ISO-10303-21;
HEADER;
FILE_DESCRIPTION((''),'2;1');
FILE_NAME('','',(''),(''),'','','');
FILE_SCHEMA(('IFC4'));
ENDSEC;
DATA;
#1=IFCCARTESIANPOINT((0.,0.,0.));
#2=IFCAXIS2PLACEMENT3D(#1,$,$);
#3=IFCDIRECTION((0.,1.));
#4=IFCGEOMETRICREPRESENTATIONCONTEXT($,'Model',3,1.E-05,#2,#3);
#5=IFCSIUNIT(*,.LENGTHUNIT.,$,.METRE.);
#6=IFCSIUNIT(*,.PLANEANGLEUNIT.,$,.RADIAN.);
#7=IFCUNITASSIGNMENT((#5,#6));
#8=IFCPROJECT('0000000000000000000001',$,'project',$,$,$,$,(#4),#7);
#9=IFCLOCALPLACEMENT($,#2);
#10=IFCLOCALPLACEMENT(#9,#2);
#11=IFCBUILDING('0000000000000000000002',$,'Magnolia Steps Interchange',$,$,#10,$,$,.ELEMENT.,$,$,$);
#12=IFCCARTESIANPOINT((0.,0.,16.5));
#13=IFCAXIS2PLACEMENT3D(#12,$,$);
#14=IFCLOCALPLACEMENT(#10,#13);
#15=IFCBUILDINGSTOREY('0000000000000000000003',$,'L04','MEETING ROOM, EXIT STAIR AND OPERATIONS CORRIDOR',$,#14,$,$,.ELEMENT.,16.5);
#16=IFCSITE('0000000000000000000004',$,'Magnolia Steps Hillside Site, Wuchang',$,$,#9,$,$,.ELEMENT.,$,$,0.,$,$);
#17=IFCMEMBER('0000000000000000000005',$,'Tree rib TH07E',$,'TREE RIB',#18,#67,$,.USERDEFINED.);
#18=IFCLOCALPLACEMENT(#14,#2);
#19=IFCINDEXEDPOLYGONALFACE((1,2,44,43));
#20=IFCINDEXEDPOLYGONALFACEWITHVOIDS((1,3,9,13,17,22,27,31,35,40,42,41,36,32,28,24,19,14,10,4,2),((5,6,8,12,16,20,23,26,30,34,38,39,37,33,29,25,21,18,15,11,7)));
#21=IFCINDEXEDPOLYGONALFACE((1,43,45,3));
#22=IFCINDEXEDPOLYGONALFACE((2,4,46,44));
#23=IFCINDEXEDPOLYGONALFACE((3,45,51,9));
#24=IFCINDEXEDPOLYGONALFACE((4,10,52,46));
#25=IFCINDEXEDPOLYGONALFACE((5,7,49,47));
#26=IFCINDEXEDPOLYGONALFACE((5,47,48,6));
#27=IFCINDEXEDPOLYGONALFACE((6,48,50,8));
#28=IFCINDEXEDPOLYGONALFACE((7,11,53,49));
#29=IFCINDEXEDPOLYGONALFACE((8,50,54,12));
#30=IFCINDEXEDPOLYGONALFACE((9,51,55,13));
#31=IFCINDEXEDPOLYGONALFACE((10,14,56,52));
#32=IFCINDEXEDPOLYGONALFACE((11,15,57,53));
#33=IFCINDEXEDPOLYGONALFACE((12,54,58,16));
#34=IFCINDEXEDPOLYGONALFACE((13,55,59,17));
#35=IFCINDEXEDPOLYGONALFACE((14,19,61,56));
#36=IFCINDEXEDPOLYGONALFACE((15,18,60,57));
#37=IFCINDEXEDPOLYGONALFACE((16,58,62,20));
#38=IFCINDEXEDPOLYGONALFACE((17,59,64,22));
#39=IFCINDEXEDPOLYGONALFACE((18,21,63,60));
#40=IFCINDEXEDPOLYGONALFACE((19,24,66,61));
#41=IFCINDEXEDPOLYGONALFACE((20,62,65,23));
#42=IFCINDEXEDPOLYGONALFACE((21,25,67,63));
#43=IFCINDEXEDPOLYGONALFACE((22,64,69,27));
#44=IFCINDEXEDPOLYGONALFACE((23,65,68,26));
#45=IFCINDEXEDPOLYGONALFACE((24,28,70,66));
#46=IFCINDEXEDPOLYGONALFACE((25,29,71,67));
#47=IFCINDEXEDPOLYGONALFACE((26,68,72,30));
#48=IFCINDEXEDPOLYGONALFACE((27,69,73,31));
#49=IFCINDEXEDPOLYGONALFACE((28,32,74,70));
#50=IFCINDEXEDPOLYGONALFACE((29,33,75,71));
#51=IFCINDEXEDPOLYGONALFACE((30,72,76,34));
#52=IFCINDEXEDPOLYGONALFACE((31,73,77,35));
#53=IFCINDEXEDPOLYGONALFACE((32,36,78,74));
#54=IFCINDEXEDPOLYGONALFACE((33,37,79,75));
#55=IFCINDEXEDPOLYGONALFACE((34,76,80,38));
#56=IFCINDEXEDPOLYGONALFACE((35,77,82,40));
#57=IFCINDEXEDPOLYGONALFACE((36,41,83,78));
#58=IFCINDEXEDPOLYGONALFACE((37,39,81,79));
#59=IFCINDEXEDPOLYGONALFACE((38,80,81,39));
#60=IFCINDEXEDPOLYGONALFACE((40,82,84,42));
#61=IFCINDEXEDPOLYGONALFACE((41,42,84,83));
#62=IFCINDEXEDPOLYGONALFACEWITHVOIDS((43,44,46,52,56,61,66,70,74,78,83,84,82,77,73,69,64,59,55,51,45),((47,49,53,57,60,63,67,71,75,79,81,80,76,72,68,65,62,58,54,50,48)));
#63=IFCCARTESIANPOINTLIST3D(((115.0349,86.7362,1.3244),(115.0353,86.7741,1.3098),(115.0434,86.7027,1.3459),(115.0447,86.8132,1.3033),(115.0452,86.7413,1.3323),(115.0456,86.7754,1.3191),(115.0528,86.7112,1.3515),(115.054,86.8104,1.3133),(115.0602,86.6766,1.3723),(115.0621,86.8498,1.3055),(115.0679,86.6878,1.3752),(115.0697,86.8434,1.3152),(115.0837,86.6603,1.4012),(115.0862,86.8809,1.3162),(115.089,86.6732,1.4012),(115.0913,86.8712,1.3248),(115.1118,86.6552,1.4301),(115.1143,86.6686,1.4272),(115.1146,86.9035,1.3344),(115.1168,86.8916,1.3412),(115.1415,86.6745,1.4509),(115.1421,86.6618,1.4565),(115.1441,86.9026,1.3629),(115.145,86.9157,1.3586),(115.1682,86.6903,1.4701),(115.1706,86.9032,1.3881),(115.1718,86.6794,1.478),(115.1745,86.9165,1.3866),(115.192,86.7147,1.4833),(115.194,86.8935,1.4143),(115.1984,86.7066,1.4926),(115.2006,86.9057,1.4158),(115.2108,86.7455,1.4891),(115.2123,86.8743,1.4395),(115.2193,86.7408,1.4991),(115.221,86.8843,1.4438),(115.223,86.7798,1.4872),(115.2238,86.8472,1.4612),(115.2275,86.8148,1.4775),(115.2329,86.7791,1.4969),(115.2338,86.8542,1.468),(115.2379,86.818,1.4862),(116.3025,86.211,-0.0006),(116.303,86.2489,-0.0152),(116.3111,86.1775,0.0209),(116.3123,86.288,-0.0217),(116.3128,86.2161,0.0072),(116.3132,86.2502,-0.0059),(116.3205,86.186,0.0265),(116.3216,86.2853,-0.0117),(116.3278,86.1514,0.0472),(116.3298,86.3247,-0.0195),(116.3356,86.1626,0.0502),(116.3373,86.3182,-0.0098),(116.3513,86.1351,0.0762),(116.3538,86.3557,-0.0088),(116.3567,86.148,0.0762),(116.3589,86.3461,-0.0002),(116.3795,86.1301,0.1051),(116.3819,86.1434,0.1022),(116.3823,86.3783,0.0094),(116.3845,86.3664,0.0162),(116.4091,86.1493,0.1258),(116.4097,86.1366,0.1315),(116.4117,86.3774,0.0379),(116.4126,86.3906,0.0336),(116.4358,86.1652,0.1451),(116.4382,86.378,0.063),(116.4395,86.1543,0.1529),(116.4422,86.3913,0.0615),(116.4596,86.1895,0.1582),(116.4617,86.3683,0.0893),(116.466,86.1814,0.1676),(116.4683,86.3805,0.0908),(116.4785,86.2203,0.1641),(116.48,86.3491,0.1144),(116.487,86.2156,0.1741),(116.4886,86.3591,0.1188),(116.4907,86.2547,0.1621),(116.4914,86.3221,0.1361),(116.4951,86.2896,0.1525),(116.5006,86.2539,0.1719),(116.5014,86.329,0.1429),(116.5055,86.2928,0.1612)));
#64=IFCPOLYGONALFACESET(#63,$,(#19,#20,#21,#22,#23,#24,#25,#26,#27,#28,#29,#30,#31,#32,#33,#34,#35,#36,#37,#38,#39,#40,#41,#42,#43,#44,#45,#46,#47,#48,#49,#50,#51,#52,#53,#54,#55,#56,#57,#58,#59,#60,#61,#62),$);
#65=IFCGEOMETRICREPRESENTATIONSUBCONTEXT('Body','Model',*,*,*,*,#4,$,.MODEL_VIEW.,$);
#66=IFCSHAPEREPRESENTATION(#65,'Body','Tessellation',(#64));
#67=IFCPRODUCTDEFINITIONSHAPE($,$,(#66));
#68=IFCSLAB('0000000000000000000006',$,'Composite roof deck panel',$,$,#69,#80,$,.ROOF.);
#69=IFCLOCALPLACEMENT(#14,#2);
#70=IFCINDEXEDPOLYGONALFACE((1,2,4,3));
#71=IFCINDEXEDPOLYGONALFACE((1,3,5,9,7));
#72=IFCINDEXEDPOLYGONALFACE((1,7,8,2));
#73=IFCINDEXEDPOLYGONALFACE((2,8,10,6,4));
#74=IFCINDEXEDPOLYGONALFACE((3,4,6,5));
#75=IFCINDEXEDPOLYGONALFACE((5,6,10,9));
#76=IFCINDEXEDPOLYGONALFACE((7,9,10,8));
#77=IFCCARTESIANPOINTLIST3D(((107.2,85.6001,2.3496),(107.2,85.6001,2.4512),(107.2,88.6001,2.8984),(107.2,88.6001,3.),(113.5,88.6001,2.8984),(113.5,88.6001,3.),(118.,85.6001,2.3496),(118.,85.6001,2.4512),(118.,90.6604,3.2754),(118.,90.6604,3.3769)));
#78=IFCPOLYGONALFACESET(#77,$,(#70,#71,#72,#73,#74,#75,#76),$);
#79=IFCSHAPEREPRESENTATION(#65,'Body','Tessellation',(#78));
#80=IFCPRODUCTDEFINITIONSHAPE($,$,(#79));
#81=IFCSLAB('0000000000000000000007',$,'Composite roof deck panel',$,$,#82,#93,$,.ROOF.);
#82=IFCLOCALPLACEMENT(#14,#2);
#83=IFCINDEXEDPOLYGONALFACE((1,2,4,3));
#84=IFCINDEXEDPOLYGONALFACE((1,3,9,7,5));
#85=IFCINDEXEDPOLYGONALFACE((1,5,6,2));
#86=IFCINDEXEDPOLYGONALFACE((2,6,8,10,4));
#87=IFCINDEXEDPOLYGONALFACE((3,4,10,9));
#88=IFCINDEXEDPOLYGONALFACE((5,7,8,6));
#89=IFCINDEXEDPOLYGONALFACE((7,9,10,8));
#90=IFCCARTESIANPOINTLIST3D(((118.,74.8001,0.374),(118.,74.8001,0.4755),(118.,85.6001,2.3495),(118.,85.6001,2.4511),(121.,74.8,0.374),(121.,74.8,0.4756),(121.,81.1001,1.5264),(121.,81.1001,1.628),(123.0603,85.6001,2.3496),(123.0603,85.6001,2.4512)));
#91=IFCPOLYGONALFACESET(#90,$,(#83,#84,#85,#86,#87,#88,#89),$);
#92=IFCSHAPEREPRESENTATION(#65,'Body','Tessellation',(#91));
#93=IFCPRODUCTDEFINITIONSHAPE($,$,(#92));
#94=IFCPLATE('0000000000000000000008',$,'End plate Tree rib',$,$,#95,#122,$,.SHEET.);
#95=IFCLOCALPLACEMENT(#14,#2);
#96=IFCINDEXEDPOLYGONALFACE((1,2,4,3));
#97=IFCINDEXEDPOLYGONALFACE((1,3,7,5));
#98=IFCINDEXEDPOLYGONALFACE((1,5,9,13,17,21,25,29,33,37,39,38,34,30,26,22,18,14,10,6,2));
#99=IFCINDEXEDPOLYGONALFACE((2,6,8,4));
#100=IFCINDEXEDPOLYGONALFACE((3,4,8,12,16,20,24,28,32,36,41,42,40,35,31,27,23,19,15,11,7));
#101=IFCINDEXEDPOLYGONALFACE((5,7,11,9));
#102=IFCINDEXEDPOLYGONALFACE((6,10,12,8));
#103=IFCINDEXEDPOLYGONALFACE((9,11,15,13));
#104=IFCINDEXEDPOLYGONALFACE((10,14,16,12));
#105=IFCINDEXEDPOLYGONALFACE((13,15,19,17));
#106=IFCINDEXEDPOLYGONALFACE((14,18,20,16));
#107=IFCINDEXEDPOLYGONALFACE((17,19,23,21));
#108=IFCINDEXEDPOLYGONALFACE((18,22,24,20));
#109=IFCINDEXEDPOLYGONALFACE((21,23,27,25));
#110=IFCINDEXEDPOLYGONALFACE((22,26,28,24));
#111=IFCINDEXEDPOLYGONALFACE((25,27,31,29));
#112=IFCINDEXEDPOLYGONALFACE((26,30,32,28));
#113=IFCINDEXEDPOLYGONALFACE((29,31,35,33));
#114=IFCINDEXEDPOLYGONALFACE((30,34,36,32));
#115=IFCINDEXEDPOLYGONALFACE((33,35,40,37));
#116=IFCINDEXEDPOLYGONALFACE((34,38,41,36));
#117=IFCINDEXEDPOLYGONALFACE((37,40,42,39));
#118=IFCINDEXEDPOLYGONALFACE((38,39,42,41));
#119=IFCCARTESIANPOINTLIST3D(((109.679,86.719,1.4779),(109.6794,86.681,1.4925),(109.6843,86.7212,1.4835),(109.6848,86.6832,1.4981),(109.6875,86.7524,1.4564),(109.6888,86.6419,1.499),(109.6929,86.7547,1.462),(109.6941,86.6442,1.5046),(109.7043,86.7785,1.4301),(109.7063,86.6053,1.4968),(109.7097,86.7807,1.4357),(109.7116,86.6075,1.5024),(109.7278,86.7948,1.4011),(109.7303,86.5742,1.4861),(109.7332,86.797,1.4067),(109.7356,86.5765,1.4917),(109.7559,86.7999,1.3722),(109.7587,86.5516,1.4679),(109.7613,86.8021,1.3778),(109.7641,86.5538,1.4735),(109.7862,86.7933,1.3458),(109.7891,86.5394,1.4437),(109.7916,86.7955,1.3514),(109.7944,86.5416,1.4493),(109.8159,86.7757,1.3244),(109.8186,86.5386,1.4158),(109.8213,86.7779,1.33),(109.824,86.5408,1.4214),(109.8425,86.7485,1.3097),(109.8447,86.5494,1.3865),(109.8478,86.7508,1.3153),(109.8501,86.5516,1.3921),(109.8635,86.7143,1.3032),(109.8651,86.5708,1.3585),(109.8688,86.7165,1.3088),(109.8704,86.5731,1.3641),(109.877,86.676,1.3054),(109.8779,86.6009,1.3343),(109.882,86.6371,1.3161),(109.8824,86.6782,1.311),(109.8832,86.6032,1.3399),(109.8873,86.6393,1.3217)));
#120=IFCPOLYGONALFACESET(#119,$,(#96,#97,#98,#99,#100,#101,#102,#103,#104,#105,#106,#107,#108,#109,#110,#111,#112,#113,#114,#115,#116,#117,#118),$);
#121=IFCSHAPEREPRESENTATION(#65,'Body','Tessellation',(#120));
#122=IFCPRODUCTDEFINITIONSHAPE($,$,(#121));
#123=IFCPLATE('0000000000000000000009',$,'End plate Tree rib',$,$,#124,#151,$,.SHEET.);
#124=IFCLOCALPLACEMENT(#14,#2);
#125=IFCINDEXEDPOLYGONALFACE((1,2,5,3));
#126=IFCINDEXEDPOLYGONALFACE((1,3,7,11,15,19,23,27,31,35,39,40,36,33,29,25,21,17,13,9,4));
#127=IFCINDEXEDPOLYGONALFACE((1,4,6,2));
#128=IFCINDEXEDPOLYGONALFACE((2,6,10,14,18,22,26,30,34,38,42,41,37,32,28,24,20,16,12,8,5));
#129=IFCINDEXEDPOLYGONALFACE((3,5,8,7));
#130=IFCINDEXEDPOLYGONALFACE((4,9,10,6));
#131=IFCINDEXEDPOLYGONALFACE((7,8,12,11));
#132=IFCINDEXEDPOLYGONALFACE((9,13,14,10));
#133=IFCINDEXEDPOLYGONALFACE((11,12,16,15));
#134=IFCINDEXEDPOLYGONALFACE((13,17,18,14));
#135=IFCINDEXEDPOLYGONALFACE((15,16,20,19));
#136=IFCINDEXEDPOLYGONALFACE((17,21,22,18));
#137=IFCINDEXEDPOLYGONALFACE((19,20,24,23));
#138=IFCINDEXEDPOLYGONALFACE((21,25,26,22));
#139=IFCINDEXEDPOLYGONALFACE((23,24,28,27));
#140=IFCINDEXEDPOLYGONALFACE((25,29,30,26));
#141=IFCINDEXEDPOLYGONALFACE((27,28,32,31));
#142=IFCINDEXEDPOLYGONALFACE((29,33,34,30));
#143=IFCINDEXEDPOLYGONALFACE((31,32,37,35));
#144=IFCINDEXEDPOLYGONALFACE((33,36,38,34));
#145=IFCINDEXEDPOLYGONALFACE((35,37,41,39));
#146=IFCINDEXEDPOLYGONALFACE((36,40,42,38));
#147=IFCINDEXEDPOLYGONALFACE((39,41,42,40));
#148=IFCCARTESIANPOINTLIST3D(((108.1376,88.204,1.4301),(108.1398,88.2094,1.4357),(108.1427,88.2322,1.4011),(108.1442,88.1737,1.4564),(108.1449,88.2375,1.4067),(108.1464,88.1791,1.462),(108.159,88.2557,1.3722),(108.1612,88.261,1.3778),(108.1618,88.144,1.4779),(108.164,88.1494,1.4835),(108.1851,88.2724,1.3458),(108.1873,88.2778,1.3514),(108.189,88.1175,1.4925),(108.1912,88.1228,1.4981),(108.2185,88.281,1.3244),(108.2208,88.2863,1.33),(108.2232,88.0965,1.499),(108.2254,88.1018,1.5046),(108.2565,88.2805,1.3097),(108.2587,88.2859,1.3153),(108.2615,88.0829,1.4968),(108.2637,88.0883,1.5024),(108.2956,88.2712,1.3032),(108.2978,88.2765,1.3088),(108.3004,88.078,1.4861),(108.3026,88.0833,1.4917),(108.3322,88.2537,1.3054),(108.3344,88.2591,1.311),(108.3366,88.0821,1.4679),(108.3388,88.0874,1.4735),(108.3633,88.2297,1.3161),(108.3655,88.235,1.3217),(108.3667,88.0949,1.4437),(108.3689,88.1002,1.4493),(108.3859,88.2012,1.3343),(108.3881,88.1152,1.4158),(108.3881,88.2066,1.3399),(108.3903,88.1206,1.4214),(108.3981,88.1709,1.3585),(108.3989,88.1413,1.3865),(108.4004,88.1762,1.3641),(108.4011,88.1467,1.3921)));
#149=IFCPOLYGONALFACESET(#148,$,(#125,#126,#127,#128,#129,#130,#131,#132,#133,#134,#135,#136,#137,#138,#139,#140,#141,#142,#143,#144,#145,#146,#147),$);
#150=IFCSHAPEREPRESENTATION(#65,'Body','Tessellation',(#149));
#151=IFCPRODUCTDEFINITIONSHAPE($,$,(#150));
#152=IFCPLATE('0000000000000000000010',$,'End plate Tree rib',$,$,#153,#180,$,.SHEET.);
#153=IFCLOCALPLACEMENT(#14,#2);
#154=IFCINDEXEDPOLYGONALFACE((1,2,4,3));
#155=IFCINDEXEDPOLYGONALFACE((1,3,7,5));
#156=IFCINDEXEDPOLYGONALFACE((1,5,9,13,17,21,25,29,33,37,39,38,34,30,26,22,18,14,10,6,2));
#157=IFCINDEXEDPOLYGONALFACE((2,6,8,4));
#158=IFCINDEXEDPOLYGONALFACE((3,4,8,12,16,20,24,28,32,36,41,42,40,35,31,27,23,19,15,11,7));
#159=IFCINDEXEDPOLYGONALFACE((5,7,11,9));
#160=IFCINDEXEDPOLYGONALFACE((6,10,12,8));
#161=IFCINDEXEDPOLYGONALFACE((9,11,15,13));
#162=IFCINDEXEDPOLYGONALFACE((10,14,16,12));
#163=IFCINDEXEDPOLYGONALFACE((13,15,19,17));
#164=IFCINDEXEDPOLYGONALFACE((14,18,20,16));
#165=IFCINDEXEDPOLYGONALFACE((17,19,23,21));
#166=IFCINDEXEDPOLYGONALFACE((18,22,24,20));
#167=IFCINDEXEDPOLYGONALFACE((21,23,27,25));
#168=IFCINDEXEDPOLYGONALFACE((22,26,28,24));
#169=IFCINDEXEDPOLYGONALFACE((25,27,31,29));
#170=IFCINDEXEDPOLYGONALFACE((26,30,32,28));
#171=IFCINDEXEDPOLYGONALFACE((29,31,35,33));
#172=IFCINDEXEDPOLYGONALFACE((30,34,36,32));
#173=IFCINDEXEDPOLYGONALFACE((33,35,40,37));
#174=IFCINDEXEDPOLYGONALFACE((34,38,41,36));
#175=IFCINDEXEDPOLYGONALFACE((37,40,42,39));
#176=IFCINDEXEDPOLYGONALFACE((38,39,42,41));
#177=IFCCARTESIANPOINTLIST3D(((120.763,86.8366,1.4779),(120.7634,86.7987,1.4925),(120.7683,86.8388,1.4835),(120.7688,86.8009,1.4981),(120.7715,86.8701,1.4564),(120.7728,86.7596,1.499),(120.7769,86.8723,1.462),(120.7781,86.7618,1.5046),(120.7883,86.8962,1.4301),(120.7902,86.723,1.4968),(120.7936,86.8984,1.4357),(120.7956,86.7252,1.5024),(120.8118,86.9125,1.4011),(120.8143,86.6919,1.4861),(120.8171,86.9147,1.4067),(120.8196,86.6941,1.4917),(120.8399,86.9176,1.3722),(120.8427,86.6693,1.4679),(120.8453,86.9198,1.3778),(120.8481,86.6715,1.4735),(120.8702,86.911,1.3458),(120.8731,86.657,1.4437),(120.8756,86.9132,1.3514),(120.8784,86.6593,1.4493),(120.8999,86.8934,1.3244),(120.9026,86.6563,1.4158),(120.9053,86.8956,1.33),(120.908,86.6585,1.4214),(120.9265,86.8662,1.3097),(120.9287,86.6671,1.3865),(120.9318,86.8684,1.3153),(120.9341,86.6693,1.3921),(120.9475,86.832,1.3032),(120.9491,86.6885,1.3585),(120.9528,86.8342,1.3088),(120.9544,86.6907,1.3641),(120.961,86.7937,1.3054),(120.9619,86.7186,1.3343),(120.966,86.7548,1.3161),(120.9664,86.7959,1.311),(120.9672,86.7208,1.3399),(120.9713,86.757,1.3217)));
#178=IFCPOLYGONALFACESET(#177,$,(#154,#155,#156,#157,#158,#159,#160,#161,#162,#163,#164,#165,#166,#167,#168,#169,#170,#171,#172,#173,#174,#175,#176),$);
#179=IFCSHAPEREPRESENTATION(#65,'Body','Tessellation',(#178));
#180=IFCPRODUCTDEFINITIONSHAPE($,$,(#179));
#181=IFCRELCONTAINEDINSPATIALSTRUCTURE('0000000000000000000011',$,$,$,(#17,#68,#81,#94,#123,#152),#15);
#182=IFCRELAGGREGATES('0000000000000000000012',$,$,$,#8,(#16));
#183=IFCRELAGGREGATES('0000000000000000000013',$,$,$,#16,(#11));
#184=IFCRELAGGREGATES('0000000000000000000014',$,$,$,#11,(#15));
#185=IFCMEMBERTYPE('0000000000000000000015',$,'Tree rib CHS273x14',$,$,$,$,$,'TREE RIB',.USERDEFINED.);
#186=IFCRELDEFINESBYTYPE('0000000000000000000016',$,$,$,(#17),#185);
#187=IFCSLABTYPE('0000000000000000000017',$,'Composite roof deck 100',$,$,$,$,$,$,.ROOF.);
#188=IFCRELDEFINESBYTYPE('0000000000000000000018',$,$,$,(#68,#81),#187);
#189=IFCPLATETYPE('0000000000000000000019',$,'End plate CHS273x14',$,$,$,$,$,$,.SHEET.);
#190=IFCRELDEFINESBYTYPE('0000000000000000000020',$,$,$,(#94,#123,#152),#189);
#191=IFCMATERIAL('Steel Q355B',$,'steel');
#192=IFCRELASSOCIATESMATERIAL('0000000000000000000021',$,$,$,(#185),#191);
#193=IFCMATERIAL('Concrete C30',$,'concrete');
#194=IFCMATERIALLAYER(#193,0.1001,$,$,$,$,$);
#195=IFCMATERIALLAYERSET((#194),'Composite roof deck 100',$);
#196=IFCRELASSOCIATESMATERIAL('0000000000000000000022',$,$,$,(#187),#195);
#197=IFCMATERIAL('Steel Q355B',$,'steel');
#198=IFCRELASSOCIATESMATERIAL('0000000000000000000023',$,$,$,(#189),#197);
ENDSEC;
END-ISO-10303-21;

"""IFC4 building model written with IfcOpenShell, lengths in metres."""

from ifc_helpers import new_model, si_unit, direction, frame, origin, origin_2d, place, context, subcontext, project, spatial, polyline, circle, hollow_circle, outline, extrude, material, layer, layer_set, material_profile, profile_set, type_object, element, save


model = new_model("IFC4")

# Units and contexts
model_context = context("Model", 3, precision=1e-05, world=origin(), true_north=direction((0.0, 1.0)))
body_context = subcontext(model_context, "Body", "Model", "MODEL_VIEW")
ifc_project = project(units=[si_unit("LENGTHUNIT", "METRE"), si_unit("PLANEANGLEUNIT", "RADIAN")], contexts=[model_context])

# Site, building, storey
site_placement = place(None, origin())
site = spatial("IfcSite", under=ifc_project, at=site_placement, Name="Magnolia Steps Hillside Site, Wuchang", CompositionType="ELEMENT", RefElevation=0.0)
building_placement = place(site_placement, origin())
building = spatial("IfcBuilding", under=site, at=building_placement, Name="Magnolia Steps Interchange", CompositionType="ELEMENT")
storey_placement = place(building_placement, frame((0.0, 0.0, 16.5)))
storey = spatial("IfcBuildingStorey", under=building, at=storey_placement, Name="L04", Description="MEETING ROOM, EXIT STAIR AND OPERATIONS CORRIDOR", CompositionType="ELEMENT", Elevation=16.5)

# Member
ifc_material_1 = material(Name="Steel Q355B", Category="steel")
ifc_material_profile_1 = material_profile(ifc_material_1, hollow_circle(Radius=0.1365, WallThickness=0.0139, at=origin_2d()), Name="CHS273x14")
ifc_profile_set_1 = profile_set([ifc_material_profile_1], Name="Steel Q355B")
member_type_1 = type_object("IfcMemberType", Name="Tree rib CHS273x14", ElementType="TREE RIB", PredefinedType="USERDEFINED", material=ifc_profile_set_1)
for number, where, z_axis, x_axis, name in (
    (1, (116.4036, 86.2612, 0.0762), (-0.664571, 0.275326, 0.694651), (-0.382745, -0.923854, 0.0), "Tree rib TH07E"),
):
    element("IfcMember", number, at=place(storey_placement, frame(where, z_axis=z_axis, x_axis=x_axis)), inside=storey, type_object=member_type_1, Name=name, ObjectType="TREE RIB", PredefinedType="USERDEFINED", context=body_context, shape_type="SweptSolid", body=[
        extrude(hollow_circle(Radius=0.1365, WallThickness=0.0139, at=origin_2d()), origin(), (0.0, 0.0, 1.0), 1.9075),
    ])

# Slabs
ifc_material_2 = material(Name="Concrete C30", Category="concrete")
ifc_layer_1 = layer(ifc_material_2, 0.1001)
ifc_layer_set_1 = layer_set([ifc_layer_1], Name="Composite roof deck 100")
slab_type = type_object("IfcSlabType", Name="Composite roof deck 100", PredefinedType="ROOF", material=ifc_layer_set_1)
slab_1_placement = place(storey_placement, frame((107.2, 88.6001, 3.0), z_axis=(-0.000001, -0.179958, 0.983674), x_axis=(0.0, -0.983674, -0.179958)))
element("IfcSlab", 2, at=slab_1_placement, inside=storey, type_object=slab_type, Name="Composite roof deck panel", PredefinedType="ROOF", context=body_context, shape_type="SweptSolid", body=[
    extrude(outline(polyline([(0.0, 0.0), (3.0498, 0.0), (3.0498, 10.8), (-2.0945, 10.8), (0.0, 6.3), (0.0, 0.0)])), origin(), (0.179958, -0.000001, -0.983674), 0.1016),
])
slab_2_placement = place(storey_placement, frame((123.0603, 85.6001, 2.4512), z_axis=(-0.000023, -0.179934, 0.983679), x_axis=(-1.0, 0.000004, -0.000022)))
element("IfcSlab", 3, at=slab_2_placement, inside=storey, type_object=slab_type, Name="Composite roof deck panel", PredefinedType="ROOF", context=body_context, shape_type="SweptSolid", body=[
    extrude(outline(polyline([(0.0, 0.0), (5.0603, 0.0), (5.0603, 10.9793), (2.0603, 10.9793), (2.0603, 4.5746), (0.0, 0.0)])), origin(), (0.000022, 0.179934, -0.983679), 0.1016),
])

# Plates
ifc_material_3 = material(Name="Steel Q355B", Category="steel")
ifc_material_profile_2 = material_profile(ifc_material_3, circle(Radius=0.1365, at=origin_2d()), Name="End plate CHS273x14")
ifc_profile_set_2 = profile_set([ifc_material_profile_2], Name="Steel Q355B")
plate_type_1 = type_object("IfcPlateType", Name="End plate CHS273x14", PredefinedType="SHEET", material=ifc_profile_set_2)
for number, where, z_axis, x_axis, name in (
    (4, (109.78, 86.6687, 1.4011), (0.664583, 0.275279, 0.694658), (-0.382683, 0.92388, 0.0), "End plate Tree rib"),
    (5, (108.2688, 88.1799, 1.4011), (0.275279, 0.664583, 0.694658), (-0.92388, 0.382683, 0.0), "End plate Tree rib"),
    (6, (120.864, 86.7864, 1.4011), (0.664583, 0.275279, 0.694658), (-0.382683, 0.92388, 0.0), "End plate Tree rib"),
):
    element("IfcPlate", number, at=place(storey_placement, frame(where, z_axis=z_axis, x_axis=x_axis)), inside=storey, type_object=plate_type_1, Name=name, PredefinedType="SHEET", context=body_context, shape_type="SweptSolid", body=[
        extrude(circle(Radius=0.1365, at=origin_2d()), origin(), (0.0, 0.0, 1.0), 0.0081),
    ])

save(model, "model.ifc")
